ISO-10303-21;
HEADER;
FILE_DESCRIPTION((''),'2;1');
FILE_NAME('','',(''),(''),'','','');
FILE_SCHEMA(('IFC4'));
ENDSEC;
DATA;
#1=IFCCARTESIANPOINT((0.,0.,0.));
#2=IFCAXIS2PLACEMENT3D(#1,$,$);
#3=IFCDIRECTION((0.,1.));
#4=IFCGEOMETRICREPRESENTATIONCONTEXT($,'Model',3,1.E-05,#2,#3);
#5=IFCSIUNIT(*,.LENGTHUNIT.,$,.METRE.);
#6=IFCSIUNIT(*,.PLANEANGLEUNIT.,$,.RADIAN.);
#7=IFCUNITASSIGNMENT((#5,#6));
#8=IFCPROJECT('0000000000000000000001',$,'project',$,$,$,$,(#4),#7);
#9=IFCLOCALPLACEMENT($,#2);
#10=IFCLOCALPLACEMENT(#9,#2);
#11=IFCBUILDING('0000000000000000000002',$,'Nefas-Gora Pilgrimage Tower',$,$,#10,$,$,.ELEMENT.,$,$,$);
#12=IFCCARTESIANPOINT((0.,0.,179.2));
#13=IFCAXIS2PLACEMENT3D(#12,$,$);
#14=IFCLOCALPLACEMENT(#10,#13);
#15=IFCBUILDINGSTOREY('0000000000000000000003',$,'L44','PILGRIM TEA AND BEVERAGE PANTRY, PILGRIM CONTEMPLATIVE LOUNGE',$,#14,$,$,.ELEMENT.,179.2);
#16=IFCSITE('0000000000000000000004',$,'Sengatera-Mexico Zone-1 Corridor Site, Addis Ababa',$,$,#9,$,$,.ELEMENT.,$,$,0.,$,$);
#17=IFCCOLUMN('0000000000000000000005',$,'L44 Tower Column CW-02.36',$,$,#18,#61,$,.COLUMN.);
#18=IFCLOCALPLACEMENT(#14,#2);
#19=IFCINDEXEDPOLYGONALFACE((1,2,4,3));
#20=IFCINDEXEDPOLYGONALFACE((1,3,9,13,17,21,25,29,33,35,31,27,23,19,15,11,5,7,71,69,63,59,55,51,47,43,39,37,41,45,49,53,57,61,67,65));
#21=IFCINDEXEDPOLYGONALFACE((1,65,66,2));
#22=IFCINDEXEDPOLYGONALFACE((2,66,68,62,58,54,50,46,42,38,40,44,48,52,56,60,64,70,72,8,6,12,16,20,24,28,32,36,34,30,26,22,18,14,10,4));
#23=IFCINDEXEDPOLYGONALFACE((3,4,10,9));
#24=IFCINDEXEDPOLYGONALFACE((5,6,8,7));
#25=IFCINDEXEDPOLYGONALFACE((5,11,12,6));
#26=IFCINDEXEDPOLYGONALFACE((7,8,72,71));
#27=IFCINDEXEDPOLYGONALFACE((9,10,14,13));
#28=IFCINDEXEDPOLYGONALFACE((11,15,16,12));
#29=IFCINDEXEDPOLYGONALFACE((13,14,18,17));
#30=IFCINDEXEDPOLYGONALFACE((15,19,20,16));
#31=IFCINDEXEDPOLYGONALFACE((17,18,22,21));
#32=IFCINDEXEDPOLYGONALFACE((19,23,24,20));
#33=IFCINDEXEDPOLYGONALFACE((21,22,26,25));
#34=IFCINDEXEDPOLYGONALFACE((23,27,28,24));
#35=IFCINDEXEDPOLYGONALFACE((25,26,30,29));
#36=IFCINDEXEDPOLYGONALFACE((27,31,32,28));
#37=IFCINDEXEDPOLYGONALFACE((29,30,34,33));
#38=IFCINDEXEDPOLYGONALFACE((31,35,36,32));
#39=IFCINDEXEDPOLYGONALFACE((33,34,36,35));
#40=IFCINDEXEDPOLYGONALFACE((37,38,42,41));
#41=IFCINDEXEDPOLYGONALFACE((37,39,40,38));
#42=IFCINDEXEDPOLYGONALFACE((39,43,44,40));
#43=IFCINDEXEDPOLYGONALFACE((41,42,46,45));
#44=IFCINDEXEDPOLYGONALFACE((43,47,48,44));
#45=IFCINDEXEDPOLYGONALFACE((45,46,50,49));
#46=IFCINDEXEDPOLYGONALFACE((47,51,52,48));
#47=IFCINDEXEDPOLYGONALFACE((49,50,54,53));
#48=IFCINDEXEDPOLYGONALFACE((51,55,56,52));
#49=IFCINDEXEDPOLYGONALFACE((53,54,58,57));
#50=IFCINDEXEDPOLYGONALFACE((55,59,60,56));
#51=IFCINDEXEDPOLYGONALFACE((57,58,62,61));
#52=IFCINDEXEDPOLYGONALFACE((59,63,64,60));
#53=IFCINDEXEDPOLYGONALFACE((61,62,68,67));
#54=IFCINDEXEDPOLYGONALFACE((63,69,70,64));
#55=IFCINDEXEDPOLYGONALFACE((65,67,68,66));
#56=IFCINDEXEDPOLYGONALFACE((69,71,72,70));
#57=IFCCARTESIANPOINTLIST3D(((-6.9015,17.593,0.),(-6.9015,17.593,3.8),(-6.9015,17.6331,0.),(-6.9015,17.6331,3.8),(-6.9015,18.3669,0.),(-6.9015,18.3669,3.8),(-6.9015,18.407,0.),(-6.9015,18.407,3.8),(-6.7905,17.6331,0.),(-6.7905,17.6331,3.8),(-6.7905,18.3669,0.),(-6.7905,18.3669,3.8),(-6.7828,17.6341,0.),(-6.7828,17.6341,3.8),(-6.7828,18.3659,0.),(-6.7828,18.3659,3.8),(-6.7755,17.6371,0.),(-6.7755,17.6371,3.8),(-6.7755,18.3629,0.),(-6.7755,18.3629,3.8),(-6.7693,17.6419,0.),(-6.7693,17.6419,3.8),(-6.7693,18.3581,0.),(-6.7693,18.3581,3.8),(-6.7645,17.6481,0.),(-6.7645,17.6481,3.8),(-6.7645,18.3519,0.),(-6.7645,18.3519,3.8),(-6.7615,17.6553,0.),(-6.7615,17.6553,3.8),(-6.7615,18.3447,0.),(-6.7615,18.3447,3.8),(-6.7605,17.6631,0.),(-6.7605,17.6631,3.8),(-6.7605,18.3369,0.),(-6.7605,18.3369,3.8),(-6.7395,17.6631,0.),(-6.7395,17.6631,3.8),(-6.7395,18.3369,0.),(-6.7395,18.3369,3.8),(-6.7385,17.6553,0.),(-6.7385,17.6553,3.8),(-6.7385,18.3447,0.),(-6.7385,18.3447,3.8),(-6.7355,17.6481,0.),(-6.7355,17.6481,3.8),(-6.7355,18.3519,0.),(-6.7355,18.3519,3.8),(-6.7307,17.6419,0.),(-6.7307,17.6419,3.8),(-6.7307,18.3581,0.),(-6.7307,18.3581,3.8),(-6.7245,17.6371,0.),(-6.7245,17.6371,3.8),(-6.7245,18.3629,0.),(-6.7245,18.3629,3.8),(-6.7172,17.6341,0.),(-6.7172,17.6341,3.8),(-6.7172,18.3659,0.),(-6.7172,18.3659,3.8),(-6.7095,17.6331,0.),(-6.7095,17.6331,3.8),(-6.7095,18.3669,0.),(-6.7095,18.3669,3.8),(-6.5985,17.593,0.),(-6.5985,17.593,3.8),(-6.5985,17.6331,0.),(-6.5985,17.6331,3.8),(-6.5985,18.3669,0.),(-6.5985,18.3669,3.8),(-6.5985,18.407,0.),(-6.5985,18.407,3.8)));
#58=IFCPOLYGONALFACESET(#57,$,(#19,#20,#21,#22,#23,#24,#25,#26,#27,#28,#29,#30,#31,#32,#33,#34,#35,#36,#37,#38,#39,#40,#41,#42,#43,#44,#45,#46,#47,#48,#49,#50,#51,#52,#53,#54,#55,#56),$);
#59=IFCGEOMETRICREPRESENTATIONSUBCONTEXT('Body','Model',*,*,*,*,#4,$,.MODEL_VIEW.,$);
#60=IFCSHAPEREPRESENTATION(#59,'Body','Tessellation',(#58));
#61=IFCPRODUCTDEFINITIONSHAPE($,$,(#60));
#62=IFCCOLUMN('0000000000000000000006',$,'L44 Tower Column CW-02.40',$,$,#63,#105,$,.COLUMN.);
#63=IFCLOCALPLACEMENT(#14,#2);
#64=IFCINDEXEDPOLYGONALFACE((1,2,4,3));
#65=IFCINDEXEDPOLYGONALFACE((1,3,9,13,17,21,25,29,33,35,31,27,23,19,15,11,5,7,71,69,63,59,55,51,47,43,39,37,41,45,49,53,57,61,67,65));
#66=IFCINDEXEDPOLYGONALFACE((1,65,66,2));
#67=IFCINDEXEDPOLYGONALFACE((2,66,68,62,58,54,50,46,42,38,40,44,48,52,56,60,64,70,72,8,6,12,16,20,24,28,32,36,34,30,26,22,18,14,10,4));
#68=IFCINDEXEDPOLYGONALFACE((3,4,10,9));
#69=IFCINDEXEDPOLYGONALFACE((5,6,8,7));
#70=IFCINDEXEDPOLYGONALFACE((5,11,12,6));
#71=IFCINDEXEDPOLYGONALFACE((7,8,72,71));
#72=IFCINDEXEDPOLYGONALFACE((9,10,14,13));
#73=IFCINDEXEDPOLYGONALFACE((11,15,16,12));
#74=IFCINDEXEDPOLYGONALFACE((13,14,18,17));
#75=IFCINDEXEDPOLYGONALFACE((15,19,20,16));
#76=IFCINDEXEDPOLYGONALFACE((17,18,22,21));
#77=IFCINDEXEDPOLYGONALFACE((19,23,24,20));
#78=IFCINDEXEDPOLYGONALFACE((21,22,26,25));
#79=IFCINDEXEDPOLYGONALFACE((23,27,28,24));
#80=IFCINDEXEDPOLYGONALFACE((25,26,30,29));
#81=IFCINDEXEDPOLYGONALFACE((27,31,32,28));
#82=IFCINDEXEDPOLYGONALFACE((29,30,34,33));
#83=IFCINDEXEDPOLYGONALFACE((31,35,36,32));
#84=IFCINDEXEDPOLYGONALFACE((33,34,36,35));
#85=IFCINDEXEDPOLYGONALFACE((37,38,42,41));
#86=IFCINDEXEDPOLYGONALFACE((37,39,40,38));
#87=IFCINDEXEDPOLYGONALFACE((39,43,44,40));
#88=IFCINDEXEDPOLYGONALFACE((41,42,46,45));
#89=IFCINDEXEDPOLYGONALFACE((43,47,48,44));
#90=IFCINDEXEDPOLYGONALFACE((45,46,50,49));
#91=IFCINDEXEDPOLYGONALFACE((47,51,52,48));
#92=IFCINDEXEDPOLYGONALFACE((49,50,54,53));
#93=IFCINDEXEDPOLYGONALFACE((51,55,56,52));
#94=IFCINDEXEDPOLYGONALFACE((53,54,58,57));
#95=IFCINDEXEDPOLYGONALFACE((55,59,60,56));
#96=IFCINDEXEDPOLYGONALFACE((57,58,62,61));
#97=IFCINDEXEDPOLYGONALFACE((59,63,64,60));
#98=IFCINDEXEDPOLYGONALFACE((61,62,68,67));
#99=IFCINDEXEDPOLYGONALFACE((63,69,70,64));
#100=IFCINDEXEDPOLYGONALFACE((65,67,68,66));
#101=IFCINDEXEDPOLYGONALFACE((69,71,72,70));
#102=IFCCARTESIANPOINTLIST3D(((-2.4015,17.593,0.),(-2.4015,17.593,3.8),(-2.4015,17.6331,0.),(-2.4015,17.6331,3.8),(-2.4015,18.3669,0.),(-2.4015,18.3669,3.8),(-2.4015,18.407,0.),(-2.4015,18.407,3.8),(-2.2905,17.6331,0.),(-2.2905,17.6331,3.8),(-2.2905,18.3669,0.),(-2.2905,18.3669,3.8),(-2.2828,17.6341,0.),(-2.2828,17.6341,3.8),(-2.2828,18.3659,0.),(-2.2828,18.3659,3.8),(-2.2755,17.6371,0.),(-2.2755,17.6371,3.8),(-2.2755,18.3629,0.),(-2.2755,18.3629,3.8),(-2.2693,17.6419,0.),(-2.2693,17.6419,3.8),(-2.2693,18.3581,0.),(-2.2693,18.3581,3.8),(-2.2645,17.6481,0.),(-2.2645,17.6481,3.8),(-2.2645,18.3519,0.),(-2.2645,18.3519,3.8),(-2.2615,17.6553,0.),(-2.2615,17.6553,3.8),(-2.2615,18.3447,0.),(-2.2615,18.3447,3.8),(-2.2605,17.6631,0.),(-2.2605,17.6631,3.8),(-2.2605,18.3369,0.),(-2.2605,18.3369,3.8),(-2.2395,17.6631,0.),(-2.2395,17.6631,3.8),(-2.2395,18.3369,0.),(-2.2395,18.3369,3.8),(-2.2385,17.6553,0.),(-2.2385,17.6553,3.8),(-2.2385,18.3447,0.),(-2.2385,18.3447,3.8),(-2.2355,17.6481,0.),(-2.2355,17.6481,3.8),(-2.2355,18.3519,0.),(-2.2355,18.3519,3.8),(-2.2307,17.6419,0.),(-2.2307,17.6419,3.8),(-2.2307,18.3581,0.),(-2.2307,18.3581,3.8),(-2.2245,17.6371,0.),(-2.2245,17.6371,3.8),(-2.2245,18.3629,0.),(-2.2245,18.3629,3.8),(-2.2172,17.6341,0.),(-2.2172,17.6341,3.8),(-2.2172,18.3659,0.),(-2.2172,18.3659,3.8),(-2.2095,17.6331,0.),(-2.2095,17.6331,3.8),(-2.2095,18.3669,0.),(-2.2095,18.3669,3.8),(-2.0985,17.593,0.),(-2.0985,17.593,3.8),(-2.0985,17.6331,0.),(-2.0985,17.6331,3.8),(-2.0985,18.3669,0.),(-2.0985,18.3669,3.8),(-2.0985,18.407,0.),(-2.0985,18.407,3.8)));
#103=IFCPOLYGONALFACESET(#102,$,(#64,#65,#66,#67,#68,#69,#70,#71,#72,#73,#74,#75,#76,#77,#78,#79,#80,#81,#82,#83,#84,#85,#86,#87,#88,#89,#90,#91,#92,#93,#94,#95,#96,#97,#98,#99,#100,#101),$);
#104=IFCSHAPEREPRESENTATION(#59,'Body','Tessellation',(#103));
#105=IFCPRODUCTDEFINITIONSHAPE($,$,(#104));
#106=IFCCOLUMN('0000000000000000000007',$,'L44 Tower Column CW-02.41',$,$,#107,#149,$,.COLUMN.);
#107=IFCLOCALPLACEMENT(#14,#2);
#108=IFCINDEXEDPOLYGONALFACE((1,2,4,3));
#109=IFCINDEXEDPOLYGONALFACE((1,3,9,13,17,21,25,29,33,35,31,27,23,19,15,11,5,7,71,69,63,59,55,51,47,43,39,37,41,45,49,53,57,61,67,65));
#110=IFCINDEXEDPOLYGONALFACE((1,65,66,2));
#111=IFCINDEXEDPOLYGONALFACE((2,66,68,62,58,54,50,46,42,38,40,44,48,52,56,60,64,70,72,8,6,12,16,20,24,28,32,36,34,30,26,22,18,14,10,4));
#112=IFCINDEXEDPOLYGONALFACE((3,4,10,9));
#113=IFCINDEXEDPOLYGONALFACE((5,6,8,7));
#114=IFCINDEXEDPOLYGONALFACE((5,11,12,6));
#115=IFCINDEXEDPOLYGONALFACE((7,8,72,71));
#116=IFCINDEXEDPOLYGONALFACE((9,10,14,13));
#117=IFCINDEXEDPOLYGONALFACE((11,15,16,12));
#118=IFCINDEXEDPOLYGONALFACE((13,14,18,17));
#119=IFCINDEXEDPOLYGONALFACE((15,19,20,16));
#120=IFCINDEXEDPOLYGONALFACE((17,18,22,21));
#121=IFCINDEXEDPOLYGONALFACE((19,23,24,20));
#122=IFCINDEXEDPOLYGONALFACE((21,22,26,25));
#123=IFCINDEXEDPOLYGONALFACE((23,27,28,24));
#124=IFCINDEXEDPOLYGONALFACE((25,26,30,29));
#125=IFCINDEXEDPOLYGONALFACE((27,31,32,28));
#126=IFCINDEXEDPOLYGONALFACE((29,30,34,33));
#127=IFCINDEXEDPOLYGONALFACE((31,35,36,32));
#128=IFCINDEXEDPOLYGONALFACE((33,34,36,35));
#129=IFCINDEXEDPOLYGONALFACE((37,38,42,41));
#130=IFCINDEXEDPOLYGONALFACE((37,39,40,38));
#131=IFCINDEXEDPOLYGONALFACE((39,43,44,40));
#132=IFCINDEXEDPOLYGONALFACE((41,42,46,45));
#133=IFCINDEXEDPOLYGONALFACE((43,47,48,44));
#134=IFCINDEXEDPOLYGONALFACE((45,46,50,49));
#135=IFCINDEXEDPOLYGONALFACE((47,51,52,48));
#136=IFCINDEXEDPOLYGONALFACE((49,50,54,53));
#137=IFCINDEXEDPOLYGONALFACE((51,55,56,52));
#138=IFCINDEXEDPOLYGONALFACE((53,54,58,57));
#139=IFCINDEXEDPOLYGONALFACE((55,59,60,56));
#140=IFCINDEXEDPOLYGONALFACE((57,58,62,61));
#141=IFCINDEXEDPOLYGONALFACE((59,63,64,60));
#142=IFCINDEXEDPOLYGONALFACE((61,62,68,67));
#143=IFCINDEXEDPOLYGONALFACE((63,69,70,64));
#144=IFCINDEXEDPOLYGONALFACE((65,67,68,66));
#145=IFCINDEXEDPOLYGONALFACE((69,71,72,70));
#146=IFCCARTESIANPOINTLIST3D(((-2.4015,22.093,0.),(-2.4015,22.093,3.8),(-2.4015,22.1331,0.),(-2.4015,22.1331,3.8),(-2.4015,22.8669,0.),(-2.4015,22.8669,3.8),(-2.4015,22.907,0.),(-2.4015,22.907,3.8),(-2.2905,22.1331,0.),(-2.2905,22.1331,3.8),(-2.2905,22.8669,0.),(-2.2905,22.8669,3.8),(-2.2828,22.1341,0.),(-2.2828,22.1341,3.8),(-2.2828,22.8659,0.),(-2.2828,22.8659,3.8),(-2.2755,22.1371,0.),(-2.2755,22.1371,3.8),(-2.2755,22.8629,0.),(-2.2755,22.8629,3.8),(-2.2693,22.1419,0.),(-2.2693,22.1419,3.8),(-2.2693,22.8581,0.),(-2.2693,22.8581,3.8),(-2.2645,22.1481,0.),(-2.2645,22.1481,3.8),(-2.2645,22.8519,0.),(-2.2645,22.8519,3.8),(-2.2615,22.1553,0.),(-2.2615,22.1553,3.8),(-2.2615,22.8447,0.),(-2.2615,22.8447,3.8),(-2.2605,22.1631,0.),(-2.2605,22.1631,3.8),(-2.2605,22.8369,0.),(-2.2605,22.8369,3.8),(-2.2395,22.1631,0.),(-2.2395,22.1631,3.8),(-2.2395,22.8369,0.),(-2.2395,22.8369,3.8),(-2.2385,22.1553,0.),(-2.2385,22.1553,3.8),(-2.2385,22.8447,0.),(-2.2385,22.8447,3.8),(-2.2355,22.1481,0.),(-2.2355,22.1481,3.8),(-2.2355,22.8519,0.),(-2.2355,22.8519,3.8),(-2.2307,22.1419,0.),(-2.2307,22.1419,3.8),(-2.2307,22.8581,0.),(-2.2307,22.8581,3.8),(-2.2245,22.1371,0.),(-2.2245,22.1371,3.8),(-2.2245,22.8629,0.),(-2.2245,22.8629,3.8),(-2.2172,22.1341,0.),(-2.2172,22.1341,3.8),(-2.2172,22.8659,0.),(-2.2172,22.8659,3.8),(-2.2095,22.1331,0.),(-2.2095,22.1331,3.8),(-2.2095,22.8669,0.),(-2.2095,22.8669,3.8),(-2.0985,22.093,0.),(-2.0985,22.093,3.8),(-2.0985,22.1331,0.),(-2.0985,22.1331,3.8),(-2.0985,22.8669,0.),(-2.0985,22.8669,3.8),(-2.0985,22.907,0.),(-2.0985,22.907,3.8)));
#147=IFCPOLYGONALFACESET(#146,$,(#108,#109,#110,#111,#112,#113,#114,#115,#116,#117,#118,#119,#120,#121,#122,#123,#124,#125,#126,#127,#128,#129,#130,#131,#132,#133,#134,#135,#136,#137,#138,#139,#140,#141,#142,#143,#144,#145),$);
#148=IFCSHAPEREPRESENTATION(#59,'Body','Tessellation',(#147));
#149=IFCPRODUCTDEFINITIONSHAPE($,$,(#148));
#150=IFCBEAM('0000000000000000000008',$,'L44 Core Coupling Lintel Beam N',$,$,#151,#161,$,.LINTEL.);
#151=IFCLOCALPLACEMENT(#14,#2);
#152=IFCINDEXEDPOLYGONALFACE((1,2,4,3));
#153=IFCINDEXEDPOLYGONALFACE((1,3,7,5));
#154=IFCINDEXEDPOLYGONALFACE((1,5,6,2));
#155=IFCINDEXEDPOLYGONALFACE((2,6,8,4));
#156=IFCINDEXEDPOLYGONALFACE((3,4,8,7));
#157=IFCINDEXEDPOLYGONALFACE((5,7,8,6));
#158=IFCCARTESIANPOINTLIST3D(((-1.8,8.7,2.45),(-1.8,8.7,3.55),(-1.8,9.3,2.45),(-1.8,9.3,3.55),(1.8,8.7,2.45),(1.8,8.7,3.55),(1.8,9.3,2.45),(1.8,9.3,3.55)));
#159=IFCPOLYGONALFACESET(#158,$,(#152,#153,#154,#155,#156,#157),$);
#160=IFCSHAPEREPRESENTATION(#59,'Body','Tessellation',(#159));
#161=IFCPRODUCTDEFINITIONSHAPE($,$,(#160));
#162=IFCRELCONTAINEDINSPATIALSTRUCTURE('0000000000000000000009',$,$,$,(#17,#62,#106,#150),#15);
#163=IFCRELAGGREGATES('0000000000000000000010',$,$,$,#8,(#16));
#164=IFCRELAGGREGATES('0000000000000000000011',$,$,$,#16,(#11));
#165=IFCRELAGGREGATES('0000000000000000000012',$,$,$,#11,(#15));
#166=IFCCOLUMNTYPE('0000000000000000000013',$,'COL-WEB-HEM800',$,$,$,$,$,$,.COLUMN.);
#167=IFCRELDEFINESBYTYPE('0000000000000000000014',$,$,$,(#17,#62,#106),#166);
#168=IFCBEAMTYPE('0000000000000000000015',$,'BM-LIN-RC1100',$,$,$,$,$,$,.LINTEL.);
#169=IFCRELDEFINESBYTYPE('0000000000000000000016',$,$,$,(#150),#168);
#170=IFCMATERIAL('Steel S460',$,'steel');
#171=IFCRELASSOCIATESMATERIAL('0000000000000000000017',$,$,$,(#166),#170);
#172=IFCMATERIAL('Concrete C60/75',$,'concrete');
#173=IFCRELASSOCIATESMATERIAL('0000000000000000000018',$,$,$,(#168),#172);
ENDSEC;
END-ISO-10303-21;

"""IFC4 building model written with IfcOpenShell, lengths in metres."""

from ifc_helpers import new_model, si_unit, direction, frame, origin, origin_2d, place, context, subcontext, project, spatial, rectangle, i_section, extrude, source, transform, mapped, material, material_profile, profile_set, type_object, element, save


model = new_model("IFC4")

# Units and contexts
model_context = context("Model", 3, precision=1e-05, world=origin(), true_north=direction((0.0, 1.0)))
body_context = subcontext(model_context, "Body", "Model", "MODEL_VIEW")
ifc_project = project(units=[si_unit("LENGTHUNIT", "METRE"), si_unit("PLANEANGLEUNIT", "RADIAN")], contexts=[model_context])

# Site, building, storey
site_placement = place(None, origin())
site = spatial("IfcSite", under=ifc_project, at=site_placement, Name="Sengatera-Mexico Zone-1 Corridor Site, Addis Ababa", CompositionType="ELEMENT", RefElevation=0.0)
building_placement = place(site_placement, origin())
building = spatial("IfcBuilding", under=site, at=building_placement, Name="Nefas-Gora Pilgrimage Tower", CompositionType="ELEMENT")
storey_placement = place(building_placement, frame((0.0, 0.0, 179.2)))
storey = spatial("IfcBuildingStorey", under=building, at=storey_placement, Name="L44", Description="PILGRIM TEA AND BEVERAGE PANTRY, PILGRIM CONTEMPLATIVE LOUNGE", CompositionType="ELEMENT", Elevation=179.2)

# Columns
ifc_material_1 = material(Name="Steel S460", Category="steel")
ifc_material_profile_1 = material_profile(ifc_material_1, i_section(OverallWidth=0.303, OverallDepth=0.814, WebThickness=0.021, FlangeThickness=0.04, FilletRadius=0.03, at=origin_2d()), Name="HEM 800")
ifc_profile_set_1 = profile_set([ifc_material_profile_1], Name="Steel S460")
column_type_1 = type_object("IfcColumnType", Name="COL-WEB-HEM800", PredefinedType="COLUMN", material=ifc_profile_set_1)
shared_shape_1 = source(origin(), body_context, "Body", "SweptSolid", [
    extrude(i_section(OverallWidth=0.303, OverallDepth=0.814, WebThickness=0.021, FlangeThickness=0.04, FilletRadius=0.03, at=origin_2d()), origin(), (0.0, 0.0, 1.0), 3.8),
])
for number, where, z_axis, x_axis, name in (
    (1, (-6.75, 18.0, 0.0), (0.0, 0.0, 1.0), (1.0, 0.0, 0.0), "L44 Tower Column CW-02.36"),
    (2, (-2.25, 18.0, 0.0), (0.0, 0.0, 1.0), (1.0, 0.0, 0.0), "L44 Tower Column CW-02.40"),
    (3, (-2.25, 22.5, 0.0), (0.0, 0.0, 1.0), (1.0, 0.0, 0.0), "L44 Tower Column CW-02.41"),
):
    element("IfcColumn", number, at=place(storey_placement, frame(where, z_axis=z_axis, x_axis=x_axis)), inside=storey, type_object=column_type_1, Name=name, PredefinedType="COLUMN", context=body_context, shape_type="MappedRepresentation", body=[
        mapped(shared_shape_1, transform((0.0, 0.0, 0.0), x_axis=(1.0, 0.0, 0.0), y_axis=(0.0, 1.0, 0.0), z_axis=(0.0, 0.0, 1.0), scale=1.0)),
    ])

# Beam
ifc_material_2 = material(Name="Concrete C60/75", Category="concrete")
ifc_material_profile_2 = material_profile(ifc_material_2, rectangle(XDim=0.6001, YDim=1.1001, at=origin_2d()), Name="RC 600x1100")
ifc_profile_set_2 = profile_set([ifc_material_profile_2], Name="Concrete C60/75")
beam_type_1 = type_object("IfcBeamType", Name="BM-LIN-RC1100", PredefinedType="LINTEL", material=ifc_profile_set_2)
shared_shape_2 = source(origin(), body_context, "Body", "SweptSolid", [
    extrude(rectangle(XDim=0.6001, YDim=1.1001, at=origin_2d()), origin(), (0.0, 0.0, 1.0), 3.6001),
])
beam_placement = place(storey_placement, frame((-1.8, 9.0, 3.0), z_axis=(1.0, 0.0, 0.0), x_axis=(0.0, 1.0, 0.0)))
element("IfcBeam", 4, at=beam_placement, inside=storey, type_object=beam_type_1, Name="L44 Core Coupling Lintel Beam N", PredefinedType="LINTEL", context=body_context, shape_type="MappedRepresentation", body=[
    mapped(shared_shape_2, transform((0.0, 0.0, 0.0), x_axis=(1.0, 0.0, 0.0), y_axis=(0.0, 1.0, 0.0), z_axis=(0.0, 0.0, 1.0), scale=1.0)),
])

save(model, "model.ifc")
